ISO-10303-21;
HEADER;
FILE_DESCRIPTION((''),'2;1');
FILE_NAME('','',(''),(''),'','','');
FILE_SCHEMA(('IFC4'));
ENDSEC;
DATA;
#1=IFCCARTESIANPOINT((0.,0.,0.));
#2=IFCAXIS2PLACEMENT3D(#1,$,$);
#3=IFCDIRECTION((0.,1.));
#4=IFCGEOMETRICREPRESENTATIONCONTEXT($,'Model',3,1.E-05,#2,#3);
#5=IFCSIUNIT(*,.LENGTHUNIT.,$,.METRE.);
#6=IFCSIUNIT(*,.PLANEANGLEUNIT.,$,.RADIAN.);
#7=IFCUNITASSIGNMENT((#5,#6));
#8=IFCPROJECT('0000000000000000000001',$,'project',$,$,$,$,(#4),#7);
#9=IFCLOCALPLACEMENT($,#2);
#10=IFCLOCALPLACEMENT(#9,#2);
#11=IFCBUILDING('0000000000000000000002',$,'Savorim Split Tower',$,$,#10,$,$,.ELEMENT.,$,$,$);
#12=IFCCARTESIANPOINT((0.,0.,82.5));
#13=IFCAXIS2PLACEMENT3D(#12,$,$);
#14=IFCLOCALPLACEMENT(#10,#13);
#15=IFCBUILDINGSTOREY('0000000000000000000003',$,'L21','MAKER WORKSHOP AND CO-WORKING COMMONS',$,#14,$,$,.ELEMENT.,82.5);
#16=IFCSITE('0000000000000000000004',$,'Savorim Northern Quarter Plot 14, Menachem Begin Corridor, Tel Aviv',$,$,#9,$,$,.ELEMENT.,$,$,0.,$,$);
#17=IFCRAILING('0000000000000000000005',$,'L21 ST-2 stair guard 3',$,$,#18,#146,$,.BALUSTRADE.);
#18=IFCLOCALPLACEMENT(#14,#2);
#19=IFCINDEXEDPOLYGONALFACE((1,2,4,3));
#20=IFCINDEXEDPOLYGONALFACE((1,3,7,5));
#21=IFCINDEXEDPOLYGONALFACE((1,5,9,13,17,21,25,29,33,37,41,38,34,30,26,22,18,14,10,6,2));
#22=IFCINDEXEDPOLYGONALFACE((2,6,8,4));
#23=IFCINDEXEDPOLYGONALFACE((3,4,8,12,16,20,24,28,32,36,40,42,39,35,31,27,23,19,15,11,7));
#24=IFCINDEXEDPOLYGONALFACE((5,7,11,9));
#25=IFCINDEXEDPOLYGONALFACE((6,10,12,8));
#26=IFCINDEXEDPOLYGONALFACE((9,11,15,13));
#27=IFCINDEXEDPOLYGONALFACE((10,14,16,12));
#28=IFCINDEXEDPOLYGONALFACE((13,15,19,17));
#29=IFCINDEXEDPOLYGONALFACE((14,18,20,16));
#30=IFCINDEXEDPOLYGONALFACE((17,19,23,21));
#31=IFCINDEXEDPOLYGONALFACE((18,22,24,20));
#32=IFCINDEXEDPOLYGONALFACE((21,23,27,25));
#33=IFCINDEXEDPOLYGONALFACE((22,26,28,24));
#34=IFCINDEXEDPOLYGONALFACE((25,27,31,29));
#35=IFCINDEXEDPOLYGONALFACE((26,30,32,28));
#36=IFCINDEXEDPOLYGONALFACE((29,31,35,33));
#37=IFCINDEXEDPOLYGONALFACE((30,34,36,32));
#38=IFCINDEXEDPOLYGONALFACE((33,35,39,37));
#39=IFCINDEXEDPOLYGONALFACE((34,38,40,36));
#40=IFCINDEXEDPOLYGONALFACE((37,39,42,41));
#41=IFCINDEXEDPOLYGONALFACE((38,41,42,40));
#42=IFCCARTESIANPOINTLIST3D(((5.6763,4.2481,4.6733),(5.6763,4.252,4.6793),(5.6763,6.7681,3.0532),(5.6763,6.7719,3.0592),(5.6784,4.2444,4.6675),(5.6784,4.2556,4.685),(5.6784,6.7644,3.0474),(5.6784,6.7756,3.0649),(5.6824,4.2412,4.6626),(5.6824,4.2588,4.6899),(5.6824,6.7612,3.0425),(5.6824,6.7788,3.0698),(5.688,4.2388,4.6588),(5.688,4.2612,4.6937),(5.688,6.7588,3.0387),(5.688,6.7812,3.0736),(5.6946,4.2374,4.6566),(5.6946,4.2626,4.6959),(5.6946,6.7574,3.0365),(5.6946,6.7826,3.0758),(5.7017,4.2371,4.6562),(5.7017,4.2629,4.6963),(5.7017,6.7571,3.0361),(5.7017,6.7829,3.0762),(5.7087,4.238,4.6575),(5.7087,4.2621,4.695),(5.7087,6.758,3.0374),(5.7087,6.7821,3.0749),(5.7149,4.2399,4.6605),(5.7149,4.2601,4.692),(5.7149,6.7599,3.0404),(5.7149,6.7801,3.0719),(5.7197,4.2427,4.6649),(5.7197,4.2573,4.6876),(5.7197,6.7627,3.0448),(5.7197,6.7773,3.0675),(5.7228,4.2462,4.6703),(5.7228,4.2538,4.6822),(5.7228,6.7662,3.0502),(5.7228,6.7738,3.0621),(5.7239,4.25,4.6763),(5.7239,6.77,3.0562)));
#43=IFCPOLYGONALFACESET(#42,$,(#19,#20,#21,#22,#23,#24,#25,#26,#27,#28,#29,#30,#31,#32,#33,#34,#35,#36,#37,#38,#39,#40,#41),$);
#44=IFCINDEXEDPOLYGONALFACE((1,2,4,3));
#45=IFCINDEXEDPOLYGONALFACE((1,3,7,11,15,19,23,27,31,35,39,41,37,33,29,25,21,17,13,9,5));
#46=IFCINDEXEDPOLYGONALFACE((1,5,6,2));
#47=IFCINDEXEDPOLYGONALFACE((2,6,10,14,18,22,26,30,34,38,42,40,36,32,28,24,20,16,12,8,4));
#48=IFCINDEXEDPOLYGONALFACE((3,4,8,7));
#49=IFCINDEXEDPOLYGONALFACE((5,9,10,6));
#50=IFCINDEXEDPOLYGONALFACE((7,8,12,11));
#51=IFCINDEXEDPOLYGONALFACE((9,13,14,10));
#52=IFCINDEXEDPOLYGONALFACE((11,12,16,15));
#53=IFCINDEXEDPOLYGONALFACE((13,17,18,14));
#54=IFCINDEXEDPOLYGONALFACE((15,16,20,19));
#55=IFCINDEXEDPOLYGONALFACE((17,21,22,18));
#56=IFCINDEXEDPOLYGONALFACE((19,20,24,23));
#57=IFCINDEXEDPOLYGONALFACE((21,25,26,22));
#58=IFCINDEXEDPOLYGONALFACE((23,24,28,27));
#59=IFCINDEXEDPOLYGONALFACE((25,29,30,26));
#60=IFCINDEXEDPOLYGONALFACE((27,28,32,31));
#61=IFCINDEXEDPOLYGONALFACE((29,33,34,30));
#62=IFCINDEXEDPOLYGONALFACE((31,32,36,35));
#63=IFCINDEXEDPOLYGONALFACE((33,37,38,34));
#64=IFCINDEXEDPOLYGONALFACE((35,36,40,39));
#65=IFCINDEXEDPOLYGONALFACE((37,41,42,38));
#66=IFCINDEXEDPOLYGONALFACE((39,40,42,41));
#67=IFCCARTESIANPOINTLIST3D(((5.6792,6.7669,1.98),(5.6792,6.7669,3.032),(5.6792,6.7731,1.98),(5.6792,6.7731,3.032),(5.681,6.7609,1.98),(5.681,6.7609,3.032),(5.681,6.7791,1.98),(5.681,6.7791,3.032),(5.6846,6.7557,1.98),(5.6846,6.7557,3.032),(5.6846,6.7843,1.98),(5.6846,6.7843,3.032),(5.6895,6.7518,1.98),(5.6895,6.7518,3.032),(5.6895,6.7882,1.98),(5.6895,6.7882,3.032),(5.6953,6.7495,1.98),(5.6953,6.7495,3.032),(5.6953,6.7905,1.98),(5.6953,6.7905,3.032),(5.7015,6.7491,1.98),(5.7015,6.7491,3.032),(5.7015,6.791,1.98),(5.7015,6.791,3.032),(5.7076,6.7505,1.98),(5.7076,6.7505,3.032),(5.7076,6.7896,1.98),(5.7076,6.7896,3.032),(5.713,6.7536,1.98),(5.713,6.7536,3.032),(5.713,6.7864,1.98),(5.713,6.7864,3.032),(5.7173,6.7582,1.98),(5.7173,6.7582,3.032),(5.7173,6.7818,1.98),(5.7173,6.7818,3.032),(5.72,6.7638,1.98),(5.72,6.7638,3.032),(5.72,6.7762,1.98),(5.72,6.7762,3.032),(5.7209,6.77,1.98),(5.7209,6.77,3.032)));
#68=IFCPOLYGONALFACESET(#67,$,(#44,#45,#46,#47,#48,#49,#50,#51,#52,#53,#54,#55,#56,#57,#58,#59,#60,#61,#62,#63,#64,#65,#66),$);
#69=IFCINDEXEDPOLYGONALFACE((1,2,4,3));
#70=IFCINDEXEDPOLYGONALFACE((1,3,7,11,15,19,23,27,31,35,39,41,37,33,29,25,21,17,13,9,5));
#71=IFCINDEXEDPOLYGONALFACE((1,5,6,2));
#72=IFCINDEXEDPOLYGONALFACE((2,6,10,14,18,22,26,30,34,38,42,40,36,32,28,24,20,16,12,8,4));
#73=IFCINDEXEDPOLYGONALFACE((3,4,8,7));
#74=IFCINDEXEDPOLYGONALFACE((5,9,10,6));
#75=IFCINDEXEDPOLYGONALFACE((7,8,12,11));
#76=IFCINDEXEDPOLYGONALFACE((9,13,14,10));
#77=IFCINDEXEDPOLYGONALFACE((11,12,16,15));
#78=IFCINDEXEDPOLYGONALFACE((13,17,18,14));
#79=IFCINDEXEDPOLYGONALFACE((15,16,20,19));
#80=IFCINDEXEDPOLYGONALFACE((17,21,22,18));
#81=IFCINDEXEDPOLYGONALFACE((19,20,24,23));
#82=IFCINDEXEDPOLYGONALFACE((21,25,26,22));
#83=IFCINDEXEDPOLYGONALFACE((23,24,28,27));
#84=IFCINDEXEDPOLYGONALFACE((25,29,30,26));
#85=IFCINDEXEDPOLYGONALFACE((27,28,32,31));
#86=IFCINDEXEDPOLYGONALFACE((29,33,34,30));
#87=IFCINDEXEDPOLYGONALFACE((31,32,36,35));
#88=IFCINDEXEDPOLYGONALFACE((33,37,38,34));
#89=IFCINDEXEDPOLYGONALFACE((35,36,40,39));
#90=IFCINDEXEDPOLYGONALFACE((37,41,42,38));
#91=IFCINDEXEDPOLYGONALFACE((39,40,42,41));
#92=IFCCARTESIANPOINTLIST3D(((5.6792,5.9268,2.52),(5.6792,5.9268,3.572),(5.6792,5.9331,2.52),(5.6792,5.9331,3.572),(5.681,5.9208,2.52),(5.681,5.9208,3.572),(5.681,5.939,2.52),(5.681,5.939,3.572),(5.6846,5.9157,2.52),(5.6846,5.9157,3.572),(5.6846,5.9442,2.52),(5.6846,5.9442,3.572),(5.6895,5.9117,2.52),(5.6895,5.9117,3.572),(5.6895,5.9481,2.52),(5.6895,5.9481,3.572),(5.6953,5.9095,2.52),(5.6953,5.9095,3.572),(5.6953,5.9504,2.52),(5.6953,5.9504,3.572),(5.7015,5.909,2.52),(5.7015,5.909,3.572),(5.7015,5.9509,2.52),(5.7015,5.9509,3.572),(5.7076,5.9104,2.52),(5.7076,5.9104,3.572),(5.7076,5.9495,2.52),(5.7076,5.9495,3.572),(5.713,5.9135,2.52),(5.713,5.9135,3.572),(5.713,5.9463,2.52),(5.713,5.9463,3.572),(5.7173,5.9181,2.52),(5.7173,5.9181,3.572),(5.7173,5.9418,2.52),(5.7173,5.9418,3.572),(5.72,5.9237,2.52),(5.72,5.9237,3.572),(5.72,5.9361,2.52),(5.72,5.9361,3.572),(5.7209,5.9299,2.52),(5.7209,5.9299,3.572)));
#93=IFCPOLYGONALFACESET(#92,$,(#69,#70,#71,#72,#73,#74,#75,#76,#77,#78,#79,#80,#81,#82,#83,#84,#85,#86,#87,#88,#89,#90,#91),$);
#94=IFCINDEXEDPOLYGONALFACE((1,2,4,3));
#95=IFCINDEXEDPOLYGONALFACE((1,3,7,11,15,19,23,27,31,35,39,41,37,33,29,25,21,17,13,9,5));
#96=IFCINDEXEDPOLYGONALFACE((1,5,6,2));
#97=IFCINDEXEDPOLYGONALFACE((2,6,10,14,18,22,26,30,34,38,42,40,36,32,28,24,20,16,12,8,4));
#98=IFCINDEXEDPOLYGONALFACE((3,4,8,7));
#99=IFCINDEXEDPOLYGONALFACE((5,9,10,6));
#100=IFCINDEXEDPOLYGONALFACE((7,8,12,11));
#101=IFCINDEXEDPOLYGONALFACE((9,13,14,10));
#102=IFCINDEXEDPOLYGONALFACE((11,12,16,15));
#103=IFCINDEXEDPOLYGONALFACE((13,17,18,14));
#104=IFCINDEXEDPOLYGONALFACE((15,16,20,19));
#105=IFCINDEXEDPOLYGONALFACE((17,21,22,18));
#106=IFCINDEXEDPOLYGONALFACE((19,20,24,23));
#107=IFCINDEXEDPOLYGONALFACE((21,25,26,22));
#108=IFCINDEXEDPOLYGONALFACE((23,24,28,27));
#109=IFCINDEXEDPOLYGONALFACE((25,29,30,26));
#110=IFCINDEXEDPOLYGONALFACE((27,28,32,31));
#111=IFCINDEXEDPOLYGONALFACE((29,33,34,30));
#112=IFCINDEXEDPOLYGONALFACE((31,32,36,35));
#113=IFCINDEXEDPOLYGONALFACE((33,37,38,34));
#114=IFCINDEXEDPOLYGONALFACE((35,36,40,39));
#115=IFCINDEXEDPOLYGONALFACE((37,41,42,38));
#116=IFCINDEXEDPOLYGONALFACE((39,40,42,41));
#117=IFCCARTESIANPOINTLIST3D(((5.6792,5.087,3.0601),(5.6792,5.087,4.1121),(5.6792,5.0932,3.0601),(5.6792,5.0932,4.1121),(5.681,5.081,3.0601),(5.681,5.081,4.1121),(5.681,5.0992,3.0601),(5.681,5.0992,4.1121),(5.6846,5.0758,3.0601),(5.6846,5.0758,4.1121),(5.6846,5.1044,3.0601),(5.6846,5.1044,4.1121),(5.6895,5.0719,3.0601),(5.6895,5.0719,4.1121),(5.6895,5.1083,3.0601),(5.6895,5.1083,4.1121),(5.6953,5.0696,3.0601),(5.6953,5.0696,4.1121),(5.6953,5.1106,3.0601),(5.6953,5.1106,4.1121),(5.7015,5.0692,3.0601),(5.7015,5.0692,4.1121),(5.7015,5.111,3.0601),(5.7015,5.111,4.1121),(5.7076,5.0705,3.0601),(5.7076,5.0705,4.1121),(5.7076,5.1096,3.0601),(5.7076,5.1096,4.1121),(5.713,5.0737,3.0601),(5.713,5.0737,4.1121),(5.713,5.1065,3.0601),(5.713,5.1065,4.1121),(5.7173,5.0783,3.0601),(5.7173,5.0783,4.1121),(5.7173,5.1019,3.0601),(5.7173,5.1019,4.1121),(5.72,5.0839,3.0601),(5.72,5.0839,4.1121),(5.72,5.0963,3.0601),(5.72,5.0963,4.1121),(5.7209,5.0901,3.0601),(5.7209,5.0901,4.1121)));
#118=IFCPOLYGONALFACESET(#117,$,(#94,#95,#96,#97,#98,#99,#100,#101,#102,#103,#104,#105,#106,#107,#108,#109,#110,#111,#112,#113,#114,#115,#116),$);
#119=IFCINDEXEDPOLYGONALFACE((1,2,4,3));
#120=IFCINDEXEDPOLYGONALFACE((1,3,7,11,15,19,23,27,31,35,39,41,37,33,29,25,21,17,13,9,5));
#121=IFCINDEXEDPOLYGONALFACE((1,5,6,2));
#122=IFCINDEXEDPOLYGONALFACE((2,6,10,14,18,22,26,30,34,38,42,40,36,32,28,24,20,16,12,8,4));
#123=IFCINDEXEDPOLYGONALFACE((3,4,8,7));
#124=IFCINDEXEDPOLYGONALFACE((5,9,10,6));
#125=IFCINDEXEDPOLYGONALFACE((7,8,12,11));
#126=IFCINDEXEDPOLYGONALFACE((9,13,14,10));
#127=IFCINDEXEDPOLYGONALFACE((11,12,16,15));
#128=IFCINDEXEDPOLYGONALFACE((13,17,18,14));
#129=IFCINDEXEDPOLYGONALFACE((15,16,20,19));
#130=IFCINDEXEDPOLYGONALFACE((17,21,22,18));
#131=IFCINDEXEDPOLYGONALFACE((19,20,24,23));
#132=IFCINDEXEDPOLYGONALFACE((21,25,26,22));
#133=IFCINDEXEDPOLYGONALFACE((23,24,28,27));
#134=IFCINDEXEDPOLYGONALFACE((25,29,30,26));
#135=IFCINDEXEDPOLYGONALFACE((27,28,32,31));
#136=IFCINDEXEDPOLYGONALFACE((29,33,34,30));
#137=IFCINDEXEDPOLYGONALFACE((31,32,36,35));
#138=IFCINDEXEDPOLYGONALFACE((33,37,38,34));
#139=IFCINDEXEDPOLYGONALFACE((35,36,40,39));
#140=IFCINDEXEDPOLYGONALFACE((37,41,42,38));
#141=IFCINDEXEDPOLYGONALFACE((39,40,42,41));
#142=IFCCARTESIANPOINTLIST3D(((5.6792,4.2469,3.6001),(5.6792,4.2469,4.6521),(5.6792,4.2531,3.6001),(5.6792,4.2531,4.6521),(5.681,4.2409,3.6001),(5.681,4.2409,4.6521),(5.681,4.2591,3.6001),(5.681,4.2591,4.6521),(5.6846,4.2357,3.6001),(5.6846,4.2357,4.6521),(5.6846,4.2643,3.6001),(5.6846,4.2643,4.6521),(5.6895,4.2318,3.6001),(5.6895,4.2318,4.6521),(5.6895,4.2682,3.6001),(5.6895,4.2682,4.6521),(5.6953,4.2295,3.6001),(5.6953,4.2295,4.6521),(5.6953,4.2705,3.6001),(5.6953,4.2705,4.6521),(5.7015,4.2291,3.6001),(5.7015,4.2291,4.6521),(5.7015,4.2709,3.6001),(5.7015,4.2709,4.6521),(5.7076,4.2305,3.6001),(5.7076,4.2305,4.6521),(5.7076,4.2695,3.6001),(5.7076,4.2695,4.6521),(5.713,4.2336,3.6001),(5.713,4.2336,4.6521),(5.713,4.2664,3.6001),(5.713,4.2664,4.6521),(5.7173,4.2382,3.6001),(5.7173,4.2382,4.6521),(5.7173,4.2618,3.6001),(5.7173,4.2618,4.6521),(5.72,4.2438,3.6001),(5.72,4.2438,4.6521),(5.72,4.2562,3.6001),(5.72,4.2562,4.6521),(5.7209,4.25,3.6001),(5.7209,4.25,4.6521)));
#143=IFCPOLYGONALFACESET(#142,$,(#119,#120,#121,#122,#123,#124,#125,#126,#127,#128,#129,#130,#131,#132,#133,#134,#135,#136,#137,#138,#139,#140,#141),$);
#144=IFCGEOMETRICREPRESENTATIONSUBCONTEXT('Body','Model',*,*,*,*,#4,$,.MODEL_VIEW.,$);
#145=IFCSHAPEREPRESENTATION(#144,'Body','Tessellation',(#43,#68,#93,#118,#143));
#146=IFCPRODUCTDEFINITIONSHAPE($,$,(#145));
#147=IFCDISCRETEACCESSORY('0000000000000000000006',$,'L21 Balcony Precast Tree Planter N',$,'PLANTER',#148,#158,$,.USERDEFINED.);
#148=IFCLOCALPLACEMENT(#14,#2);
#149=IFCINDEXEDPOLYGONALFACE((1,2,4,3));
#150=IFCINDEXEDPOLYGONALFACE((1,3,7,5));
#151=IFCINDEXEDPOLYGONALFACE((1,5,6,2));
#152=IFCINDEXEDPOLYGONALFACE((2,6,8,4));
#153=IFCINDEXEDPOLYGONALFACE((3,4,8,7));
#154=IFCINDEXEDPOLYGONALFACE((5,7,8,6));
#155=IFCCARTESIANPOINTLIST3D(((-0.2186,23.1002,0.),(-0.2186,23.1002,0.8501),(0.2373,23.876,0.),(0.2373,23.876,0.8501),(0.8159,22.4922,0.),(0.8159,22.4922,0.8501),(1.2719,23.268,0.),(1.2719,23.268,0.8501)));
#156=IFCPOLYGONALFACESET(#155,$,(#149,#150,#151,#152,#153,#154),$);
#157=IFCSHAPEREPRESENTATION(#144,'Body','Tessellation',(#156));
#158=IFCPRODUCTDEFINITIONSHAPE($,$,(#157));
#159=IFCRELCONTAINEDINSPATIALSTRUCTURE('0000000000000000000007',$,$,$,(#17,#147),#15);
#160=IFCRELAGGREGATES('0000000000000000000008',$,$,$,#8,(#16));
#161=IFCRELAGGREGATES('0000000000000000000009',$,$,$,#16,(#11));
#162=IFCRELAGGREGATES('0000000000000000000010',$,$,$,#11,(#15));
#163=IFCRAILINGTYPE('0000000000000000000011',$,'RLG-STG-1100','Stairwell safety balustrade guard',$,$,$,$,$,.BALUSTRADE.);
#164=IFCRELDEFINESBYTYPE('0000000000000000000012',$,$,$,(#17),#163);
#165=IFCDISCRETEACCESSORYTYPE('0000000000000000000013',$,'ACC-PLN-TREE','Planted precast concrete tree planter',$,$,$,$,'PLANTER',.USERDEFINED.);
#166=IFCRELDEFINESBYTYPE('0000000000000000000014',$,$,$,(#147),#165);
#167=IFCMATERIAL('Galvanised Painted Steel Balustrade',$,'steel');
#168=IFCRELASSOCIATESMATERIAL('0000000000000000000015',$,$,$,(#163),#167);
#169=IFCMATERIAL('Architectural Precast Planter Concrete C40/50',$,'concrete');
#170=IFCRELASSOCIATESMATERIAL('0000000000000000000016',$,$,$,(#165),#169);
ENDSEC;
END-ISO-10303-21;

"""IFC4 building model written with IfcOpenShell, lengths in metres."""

from ifc_helpers import new_model, si_unit, direction, frame, origin, origin_2d, place, context, subcontext, project, spatial, rectangle, circle, extrude, material, type_object, element, save


model = new_model("IFC4")

# Units and contexts
model_context = context("Model", 3, precision=1e-05, world=origin(), true_north=direction((0.0, 1.0)))
body_context = subcontext(model_context, "Body", "Model", "MODEL_VIEW")
ifc_project = project(units=[si_unit("LENGTHUNIT", "METRE"), si_unit("PLANEANGLEUNIT", "RADIAN")], contexts=[model_context])

# Site, building, storey
site_placement = place(None, origin())
site = spatial("IfcSite", under=ifc_project, at=site_placement, Name="Savorim Northern Quarter Plot 14, Menachem Begin Corridor, Tel Aviv", CompositionType="ELEMENT", RefElevation=0.0)
building_placement = place(site_placement, origin())
building = spatial("IfcBuilding", under=site, at=building_placement, Name="Savorim Split Tower", CompositionType="ELEMENT")
storey_placement = place(building_placement, frame((0.0, 0.0, 82.5)))
storey = spatial("IfcBuildingStorey", under=building, at=storey_placement, Name="L21", Description="MAKER WORKSHOP AND CO-WORKING COMMONS", CompositionType="ELEMENT", Elevation=82.5)

# Railing
ifc_material_1 = material(Name="Galvanised Painted Steel Balustrade", Category="steel")
railing_type_1 = type_object("IfcRailingType", Name="RLG-STG-1100", Description="Stairwell safety balustrade guard", PredefinedType="BALUSTRADE", material=ifc_material_1)
railing_1_placement = place(storey_placement, frame((5.7, 6.77, 1.98)))
element("IfcRailing", 1, at=railing_1_placement, inside=storey, type_object=railing_type_1, Name="L21 ST-2 stair guard 3", PredefinedType="BALUSTRADE", context=body_context, shape_type="SweptSolid", body=[
    extrude(circle(Radius=0.0239, at=origin_2d()), frame((0.0, 0.0, 1.0762), z_axis=(0.0, -0.841163, 0.540782), x_axis=(1.0, 0.0, 0.0)), (0.0, 0.0, 1.0), 2.9958),
    extrude(circle(Radius=0.021, at=origin_2d()), origin(), (0.0, 0.0, 1.0), 1.052),
    extrude(circle(Radius=0.021, at=origin_2d()), frame((0.0, -0.8401, 0.54)), (0.0, 0.0, 1.0), 1.052),
    extrude(circle(Radius=0.021, at=origin_2d()), frame((0.0, -1.6799, 1.0801)), (0.0, 0.0, 1.0), 1.052),
    extrude(circle(Radius=0.021, at=origin_2d()), frame((0.0, -2.52, 1.6201)), (0.0, 0.0, 1.0), 1.052),
])

# Discrete accessory
ifc_material_2 = material(Name="Architectural Precast Planter Concrete C40/50", Category="concrete")
discrete_accessory_type = type_object("IfcDiscreteAccessoryType", Name="ACC-PLN-TREE", Description="Planted precast concrete tree planter", ElementType="PLANTER", PredefinedType="USERDEFINED", material=ifc_material_2)
discrete_accessory_placement = place(storey_placement, frame((0.5266, 23.1841, 0.0), z_axis=(0.0, 0.0, 1.0), x_axis=(-0.862122, 0.5067, 0.0)))
element("IfcDiscreteAccessory", 2, at=discrete_accessory_placement, inside=storey, type_object=discrete_accessory_type, Name="L21 Balcony Precast Tree Planter N", ObjectType="PLANTER", PredefinedType="USERDEFINED", context=body_context, shape_type="SweptSolid", body=[
    extrude(rectangle(XDim=1.2, YDim=0.8999, at=origin_2d()), origin(), (0.0, 0.0, 1.0), 0.8501),
])

save(model, "model.ifc")
